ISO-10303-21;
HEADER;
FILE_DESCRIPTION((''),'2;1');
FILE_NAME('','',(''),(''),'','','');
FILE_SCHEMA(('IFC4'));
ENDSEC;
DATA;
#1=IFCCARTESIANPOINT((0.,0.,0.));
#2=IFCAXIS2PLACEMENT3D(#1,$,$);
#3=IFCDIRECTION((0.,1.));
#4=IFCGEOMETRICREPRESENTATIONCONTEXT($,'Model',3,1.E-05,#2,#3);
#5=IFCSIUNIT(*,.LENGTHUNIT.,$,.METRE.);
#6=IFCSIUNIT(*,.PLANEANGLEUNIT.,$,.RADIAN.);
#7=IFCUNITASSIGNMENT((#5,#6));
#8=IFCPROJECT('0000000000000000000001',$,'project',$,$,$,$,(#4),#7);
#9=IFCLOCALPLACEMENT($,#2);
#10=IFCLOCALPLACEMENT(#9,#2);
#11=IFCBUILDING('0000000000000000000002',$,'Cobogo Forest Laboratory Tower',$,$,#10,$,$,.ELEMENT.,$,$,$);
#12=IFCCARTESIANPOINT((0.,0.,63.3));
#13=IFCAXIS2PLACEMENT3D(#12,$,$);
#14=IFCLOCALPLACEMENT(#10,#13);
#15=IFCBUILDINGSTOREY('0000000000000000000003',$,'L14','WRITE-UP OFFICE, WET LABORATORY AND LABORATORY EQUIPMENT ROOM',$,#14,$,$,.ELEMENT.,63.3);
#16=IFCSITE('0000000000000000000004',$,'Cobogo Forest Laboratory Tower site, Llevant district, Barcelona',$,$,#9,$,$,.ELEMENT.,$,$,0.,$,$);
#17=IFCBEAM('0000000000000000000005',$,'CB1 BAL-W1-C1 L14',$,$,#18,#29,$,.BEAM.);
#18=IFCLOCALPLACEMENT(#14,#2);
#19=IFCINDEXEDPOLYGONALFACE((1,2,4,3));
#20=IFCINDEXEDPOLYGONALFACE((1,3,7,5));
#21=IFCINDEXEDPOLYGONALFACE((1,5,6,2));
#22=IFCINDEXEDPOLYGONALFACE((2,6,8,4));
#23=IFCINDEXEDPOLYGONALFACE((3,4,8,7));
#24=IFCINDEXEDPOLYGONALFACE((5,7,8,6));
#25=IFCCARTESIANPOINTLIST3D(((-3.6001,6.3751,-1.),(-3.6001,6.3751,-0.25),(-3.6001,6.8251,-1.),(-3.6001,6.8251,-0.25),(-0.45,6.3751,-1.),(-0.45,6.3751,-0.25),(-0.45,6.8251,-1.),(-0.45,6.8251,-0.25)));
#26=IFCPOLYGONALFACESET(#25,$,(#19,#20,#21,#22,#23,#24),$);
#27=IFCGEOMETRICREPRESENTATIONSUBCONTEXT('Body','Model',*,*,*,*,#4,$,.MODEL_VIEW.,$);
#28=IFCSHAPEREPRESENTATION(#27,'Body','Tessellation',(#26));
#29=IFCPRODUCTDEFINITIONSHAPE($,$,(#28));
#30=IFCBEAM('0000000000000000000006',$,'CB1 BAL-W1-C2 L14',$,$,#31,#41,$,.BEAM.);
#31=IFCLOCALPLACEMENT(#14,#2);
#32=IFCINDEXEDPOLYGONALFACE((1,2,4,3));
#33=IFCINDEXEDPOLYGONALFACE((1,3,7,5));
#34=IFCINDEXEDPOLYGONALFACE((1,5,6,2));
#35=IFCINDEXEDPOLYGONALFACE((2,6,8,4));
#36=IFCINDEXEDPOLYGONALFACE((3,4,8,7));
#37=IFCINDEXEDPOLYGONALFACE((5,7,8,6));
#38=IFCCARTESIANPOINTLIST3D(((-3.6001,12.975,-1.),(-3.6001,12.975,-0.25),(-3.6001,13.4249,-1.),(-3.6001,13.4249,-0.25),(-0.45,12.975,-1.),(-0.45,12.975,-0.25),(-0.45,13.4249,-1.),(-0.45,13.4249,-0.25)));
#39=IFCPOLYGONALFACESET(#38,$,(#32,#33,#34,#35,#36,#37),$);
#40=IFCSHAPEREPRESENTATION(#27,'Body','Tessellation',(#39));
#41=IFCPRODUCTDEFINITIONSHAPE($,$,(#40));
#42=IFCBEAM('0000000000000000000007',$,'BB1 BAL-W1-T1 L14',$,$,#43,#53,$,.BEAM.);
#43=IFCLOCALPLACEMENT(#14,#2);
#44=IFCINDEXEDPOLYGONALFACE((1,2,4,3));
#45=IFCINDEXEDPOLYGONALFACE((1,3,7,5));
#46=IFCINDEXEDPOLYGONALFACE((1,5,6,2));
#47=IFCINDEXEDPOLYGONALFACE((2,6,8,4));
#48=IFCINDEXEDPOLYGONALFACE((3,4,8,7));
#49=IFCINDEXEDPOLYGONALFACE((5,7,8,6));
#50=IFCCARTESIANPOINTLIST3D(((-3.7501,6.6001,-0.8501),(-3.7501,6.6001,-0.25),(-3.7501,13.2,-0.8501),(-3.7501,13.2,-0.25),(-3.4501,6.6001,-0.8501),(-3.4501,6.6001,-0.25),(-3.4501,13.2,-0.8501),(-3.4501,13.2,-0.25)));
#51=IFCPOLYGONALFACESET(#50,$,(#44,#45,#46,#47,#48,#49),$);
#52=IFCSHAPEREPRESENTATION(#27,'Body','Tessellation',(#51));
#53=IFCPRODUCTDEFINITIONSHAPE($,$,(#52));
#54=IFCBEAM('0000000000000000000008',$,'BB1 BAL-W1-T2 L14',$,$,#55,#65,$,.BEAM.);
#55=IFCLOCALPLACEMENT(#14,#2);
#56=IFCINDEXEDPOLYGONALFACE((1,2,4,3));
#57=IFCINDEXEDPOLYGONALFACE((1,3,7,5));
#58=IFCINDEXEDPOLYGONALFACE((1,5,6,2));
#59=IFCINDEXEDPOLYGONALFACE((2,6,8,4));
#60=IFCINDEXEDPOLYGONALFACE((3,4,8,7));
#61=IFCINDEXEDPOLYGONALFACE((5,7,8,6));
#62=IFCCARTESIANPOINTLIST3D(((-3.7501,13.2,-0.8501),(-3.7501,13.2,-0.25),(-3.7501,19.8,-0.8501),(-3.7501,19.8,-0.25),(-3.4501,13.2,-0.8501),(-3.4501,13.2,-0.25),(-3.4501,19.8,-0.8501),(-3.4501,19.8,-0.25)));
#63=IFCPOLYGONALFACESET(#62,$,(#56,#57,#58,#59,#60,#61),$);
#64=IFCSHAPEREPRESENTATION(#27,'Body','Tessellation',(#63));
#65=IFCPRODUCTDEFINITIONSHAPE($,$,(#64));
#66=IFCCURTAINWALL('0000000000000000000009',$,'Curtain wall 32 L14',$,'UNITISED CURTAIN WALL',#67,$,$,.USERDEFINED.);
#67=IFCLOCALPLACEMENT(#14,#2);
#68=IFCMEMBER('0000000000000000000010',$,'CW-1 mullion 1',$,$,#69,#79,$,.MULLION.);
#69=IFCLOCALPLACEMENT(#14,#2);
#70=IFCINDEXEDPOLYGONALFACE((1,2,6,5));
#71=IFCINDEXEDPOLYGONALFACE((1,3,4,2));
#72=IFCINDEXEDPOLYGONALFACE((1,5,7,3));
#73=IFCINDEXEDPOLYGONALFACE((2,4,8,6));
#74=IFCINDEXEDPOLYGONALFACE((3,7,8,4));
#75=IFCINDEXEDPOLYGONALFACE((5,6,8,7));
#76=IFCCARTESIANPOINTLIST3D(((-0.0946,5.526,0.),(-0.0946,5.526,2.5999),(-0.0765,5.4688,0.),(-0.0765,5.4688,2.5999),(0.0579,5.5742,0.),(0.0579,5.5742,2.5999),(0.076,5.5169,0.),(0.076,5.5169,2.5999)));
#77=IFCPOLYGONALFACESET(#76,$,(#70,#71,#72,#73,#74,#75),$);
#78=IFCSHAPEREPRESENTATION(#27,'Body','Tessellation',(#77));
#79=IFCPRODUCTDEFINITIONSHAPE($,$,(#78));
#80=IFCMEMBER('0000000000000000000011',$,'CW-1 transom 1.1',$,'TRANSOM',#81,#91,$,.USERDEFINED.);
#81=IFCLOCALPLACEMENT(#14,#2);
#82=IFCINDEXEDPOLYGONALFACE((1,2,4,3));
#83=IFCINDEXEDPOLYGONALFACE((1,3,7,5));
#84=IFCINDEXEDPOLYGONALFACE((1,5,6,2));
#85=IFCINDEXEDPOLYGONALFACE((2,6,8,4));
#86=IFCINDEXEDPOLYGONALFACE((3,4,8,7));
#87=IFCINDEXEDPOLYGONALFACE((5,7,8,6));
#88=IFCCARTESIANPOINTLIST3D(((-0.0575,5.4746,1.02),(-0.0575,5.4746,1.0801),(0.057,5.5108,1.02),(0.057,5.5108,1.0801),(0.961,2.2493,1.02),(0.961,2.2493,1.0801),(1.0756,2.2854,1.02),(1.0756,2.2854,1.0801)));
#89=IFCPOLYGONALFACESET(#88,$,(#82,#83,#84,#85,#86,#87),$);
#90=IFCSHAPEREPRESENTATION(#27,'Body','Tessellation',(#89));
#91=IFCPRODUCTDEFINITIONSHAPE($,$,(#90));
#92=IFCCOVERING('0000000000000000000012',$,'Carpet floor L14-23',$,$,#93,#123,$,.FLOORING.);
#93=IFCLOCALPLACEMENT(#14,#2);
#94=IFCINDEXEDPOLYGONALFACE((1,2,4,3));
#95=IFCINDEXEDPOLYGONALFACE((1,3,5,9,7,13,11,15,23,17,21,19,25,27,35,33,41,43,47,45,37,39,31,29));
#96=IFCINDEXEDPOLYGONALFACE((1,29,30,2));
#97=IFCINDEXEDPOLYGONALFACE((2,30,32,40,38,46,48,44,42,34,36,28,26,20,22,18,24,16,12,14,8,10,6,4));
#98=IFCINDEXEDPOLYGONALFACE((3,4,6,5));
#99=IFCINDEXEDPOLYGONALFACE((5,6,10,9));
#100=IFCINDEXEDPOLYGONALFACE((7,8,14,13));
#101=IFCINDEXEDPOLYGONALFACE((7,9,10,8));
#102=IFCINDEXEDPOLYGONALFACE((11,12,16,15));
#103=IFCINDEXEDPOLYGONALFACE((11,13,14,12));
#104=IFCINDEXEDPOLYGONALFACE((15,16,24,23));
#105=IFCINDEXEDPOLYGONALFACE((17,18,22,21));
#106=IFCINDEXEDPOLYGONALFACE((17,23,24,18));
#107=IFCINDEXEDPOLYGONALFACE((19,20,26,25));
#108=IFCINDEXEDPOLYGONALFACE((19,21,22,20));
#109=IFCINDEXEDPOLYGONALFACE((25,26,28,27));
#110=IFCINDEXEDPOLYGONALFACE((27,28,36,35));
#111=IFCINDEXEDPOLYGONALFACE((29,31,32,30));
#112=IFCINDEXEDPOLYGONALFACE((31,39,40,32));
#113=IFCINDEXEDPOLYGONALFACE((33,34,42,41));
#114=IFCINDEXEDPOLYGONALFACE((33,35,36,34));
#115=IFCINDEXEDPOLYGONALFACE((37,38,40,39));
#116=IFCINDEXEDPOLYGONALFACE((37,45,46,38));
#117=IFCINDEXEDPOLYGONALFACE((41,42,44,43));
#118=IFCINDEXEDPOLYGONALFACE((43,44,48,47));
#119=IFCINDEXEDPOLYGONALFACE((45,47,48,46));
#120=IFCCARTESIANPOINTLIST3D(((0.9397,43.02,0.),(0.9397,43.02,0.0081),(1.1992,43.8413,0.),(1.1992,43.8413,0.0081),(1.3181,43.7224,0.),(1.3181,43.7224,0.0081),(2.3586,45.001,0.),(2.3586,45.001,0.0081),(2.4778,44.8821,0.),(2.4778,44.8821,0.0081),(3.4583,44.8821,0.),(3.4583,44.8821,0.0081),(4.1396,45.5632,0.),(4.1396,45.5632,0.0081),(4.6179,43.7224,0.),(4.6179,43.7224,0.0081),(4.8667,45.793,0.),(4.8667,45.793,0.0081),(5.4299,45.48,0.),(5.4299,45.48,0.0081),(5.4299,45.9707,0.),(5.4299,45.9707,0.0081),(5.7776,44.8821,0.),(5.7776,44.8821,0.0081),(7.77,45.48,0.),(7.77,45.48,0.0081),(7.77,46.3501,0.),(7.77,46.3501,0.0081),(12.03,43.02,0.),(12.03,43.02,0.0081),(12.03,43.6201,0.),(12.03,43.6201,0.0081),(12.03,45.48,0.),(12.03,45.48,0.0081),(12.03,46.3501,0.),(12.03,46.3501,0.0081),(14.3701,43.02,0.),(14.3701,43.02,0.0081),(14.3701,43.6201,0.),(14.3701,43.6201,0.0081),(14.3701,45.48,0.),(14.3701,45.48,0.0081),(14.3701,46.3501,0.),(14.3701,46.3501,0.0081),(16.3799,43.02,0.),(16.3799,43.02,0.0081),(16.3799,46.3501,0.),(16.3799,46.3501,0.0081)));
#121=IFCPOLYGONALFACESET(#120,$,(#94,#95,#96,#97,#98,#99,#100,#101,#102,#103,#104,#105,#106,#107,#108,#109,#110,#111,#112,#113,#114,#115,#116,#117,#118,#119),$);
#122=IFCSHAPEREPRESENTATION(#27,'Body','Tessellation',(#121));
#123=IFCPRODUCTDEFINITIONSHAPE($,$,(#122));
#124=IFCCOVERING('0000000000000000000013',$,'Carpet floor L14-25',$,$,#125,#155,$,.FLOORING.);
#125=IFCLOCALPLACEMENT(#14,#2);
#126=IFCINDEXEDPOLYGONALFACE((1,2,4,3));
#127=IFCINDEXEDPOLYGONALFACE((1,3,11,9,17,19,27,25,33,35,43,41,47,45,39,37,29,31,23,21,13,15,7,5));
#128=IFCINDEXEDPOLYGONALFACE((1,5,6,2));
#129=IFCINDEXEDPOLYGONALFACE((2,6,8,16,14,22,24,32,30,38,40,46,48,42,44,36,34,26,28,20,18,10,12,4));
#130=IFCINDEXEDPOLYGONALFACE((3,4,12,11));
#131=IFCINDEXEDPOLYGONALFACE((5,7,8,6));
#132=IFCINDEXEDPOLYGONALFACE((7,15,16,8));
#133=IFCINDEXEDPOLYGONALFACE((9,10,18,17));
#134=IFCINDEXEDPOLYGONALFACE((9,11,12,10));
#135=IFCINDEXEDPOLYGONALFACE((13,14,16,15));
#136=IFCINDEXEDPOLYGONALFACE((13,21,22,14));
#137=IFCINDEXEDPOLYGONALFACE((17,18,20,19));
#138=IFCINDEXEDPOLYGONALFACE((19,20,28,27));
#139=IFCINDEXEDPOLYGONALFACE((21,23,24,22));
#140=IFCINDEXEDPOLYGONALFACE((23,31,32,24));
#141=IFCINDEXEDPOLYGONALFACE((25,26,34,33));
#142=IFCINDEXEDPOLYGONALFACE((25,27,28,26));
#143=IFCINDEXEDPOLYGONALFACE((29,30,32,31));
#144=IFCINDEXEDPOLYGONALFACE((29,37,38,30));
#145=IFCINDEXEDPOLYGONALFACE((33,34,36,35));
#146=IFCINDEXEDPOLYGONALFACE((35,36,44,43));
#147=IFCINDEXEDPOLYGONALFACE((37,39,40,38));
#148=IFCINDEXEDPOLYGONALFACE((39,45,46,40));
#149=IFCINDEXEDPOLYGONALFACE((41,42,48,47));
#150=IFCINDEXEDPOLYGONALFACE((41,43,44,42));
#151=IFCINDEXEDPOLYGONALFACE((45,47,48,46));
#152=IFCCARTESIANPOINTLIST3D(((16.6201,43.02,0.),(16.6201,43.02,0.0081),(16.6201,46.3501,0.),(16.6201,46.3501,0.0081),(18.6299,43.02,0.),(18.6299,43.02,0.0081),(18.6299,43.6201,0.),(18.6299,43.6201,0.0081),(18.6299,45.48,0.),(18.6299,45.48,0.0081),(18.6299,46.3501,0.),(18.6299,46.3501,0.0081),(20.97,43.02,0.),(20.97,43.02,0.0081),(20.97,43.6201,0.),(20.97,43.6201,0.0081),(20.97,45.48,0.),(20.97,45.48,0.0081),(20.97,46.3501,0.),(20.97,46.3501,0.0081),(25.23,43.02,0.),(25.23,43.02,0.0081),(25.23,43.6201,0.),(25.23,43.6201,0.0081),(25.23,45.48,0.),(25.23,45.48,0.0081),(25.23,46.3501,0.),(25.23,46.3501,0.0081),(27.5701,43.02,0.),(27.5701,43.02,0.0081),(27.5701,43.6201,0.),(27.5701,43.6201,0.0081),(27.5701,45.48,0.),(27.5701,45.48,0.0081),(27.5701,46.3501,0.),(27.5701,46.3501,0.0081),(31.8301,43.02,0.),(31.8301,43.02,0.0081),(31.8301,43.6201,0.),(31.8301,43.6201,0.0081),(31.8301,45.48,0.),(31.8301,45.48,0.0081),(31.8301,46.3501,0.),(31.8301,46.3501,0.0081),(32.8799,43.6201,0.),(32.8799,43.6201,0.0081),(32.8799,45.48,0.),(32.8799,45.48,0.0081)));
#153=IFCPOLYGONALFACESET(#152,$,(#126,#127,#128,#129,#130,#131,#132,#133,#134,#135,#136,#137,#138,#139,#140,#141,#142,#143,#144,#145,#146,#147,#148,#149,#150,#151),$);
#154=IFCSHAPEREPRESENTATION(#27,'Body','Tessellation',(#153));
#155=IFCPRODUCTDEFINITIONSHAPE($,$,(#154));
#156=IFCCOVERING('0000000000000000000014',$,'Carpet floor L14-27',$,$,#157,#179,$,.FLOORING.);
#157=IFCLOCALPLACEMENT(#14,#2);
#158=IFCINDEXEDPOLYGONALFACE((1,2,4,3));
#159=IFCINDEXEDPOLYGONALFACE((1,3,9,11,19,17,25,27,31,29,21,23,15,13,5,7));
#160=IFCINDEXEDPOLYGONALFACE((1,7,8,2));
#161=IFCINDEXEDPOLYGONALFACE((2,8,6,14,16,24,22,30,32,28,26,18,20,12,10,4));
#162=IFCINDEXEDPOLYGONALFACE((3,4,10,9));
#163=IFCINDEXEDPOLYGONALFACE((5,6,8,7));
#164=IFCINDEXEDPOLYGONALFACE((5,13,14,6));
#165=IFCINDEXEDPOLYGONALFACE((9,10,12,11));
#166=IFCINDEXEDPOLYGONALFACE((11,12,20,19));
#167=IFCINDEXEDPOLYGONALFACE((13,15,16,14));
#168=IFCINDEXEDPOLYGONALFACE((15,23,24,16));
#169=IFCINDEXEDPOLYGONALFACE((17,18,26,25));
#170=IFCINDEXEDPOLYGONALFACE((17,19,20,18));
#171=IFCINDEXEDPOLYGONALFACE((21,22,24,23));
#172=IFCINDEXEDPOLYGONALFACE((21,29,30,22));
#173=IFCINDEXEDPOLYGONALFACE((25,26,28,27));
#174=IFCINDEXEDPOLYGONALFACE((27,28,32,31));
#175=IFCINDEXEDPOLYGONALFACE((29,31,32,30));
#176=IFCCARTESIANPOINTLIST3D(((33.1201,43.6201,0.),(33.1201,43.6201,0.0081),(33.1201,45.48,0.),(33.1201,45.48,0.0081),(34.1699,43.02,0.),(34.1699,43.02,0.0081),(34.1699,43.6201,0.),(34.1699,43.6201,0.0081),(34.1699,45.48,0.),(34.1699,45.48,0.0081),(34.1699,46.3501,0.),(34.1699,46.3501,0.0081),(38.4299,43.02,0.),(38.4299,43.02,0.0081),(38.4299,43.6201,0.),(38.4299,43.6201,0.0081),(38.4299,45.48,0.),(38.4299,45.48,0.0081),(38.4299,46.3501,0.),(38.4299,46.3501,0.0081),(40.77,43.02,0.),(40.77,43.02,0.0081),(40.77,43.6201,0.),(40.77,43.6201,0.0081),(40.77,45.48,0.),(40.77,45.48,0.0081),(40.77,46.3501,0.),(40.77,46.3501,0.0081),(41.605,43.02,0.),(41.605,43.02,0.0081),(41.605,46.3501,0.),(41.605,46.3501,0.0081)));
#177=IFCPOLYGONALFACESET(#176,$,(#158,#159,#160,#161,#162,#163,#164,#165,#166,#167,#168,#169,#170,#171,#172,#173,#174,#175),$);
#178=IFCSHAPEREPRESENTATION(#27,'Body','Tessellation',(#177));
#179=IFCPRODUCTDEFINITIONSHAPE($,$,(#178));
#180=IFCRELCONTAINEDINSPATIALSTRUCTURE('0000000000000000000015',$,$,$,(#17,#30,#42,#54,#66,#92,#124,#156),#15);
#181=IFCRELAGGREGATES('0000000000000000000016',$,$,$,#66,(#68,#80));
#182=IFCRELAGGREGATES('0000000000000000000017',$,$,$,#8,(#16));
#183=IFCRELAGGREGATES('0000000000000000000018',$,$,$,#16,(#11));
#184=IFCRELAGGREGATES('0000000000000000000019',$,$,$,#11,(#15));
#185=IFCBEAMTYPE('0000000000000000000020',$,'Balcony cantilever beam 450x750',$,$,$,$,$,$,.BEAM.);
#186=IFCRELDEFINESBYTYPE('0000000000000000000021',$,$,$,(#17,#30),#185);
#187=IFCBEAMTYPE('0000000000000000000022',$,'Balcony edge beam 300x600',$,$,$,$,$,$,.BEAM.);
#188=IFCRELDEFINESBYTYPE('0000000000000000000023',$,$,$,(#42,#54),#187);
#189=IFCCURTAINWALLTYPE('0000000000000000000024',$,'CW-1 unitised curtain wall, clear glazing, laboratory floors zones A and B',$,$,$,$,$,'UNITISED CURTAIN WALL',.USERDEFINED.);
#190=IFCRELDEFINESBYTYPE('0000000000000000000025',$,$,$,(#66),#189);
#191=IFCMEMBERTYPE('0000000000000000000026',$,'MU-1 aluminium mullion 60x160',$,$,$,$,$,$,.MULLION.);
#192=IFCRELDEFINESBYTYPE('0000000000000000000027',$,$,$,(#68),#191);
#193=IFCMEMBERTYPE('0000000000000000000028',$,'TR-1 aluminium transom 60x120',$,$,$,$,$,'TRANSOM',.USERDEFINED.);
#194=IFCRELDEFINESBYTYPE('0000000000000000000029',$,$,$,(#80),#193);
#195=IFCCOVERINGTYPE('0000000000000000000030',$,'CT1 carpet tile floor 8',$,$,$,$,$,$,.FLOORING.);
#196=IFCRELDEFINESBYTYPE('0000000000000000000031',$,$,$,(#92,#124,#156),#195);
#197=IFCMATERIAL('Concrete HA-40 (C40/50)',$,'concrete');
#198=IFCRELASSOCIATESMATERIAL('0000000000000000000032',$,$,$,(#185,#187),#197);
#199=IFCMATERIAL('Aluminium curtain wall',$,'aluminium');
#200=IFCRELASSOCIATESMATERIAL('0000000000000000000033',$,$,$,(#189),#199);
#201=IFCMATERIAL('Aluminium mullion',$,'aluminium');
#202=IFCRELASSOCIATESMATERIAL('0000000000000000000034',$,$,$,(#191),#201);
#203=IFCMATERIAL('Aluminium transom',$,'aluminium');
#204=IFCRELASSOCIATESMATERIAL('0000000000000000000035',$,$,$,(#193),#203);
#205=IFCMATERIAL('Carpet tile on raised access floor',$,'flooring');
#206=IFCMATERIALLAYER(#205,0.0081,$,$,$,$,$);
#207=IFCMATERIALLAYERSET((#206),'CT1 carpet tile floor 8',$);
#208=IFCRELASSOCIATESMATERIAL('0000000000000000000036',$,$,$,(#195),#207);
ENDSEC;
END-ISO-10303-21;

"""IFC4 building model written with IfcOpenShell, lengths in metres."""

from ifc_helpers import new_model, si_unit, direction, frame, origin, origin_2d, place, context, subcontext, project, spatial, polyline, rectangle, outline, extrude, material, layer, layer_set, material_profile, profile_set, type_object, element, aggregate, save


model = new_model("IFC4")

# Units and contexts
model_context = context("Model", 3, precision=1e-05, world=origin(), true_north=direction((0.0, 1.0)))
body_context = subcontext(model_context, "Body", "Model", "MODEL_VIEW")
ifc_project = project(units=[si_unit("LENGTHUNIT", "METRE"), si_unit("PLANEANGLEUNIT", "RADIAN")], contexts=[model_context])

# Site, building, storey
site_placement = place(None, origin())
site = spatial("IfcSite", under=ifc_project, at=site_placement, Name="Cobogo Forest Laboratory Tower site, Llevant district, Barcelona", CompositionType="ELEMENT", RefElevation=0.0)
building_placement = place(site_placement, origin())
building = spatial("IfcBuilding", under=site, at=building_placement, Name="Cobogo Forest Laboratory Tower", CompositionType="ELEMENT")
storey_placement = place(building_placement, frame((0.0, 0.0, 63.3)))
storey = spatial("IfcBuildingStorey", under=building, at=storey_placement, Name="L14", Description="WRITE-UP OFFICE, WET LABORATORY AND LABORATORY EQUIPMENT ROOM", CompositionType="ELEMENT", Elevation=63.3)

# Beams
ifc_material_1 = material(Name="Concrete HA-40 (C40/50)", Category="concrete")
ifc_material_profile_1 = material_profile(ifc_material_1, rectangle(XDim=0.45, YDim=0.75, at=origin_2d()), Name="RC 450x750")
ifc_profile_set_1 = profile_set([ifc_material_profile_1], Name="Concrete HA-40 (C40/50)")
beam_type_1 = type_object("IfcBeamType", Name="Balcony cantilever beam 450x750", PredefinedType="BEAM", material=ifc_profile_set_1)
for number, where, z_axis, x_axis, name in (
    (1, (-0.45, 6.6001, -0.625), (-1.0, 0.0, 0.0), (0.0, -1.0, 0.0), "CB1 BAL-W1-C1 L14"),
    (2, (-0.45, 13.2, -0.625), (-1.0, 0.0, 0.0), (0.0, -1.0, 0.0), "CB1 BAL-W1-C2 L14"),
):
    element("IfcBeam", number, at=place(storey_placement, frame(where, z_axis=z_axis, x_axis=x_axis)), inside=storey, type_object=beam_type_1, Name=name, PredefinedType="BEAM", context=body_context, shape_type="SweptSolid", body=[
        extrude(rectangle(XDim=0.45, YDim=0.75, at=origin_2d()), origin(), (0.0, 0.0, 1.0), 3.1501),
    ])
ifc_material_profile_2 = material_profile(ifc_material_1, rectangle(XDim=0.3, YDim=0.6001, at=origin_2d()), Name="RC 300x600")
ifc_profile_set_2 = profile_set([ifc_material_profile_2], Name="Concrete HA-40 (C40/50)")
beam_type_2 = type_object("IfcBeamType", Name="Balcony edge beam 300x600", PredefinedType="BEAM", material=ifc_profile_set_2)
beam_1_placement = place(storey_placement, frame((-3.6001, 6.6001, -0.55), z_axis=(0.0, 1.0, 0.0), x_axis=(-1.0, 0.0, 0.0)))
element("IfcBeam", 3, at=beam_1_placement, inside=storey, type_object=beam_type_2, Name="BB1 BAL-W1-T1 L14", PredefinedType="BEAM", context=body_context, shape_type="SweptSolid", body=[
    extrude(rectangle(XDim=0.3, YDim=0.6001, at=origin_2d()), origin(), (0.0, 0.0, 1.0), 6.5999),
])
beam_2_placement = place(storey_placement, frame((-3.6001, 13.2, -0.55), z_axis=(0.0, 1.0, 0.0), x_axis=(-1.0, 0.0, 0.0)))
element("IfcBeam", 4, at=beam_2_placement, inside=storey, type_object=beam_type_2, Name="BB1 BAL-W1-T2 L14", PredefinedType="BEAM", context=body_context, shape_type="SweptSolid", body=[
    extrude(rectangle(XDim=0.3, YDim=0.6001, at=origin_2d()), origin(), (0.0, 0.0, 1.0), 6.6001),
])

# Curtain wall, members
ifc_material_2 = material(Name="Aluminium curtain wall", Category="aluminium")
curtain_wall_type = type_object("IfcCurtainWallType", Name="CW-1 unitised curtain wall, clear glazing, laboratory floors zones A and B", ElementType="UNITISED CURTAIN WALL", PredefinedType="USERDEFINED", material=ifc_material_2)
curtain_wall_placement = place(storey_placement, origin())
curtain_wall = element("IfcCurtainWall", 5, at=curtain_wall_placement, inside=storey, type_object=curtain_wall_type, Name="Curtain wall 32 L14", ObjectType="UNITISED CURTAIN WALL", PredefinedType="USERDEFINED")
ifc_material_3 = material(Name="Aluminium mullion", Category="aluminium")
ifc_material_profile_3 = material_profile(ifc_material_3, rectangle(XDim=0.0601, YDim=0.1599, at=origin_2d()), Name="AL 60x160")
ifc_profile_set_3 = profile_set([ifc_material_profile_3], Name="Aluminium mullion")
member_type_1 = type_object("IfcMemberType", Name="MU-1 aluminium mullion 60x160", PredefinedType="MULLION", material=ifc_profile_set_3)
member_1_placement = place(storey_placement, frame((-0.0093, 5.5215, 0.0), z_axis=(0.0, 0.0, 1.0), x_axis=(0.301135, -0.953581, 0.0)))
member_1 = element("IfcMember", 6, at=member_1_placement, type_object=member_type_1, Name="CW-1 mullion 1", PredefinedType="MULLION", context=body_context, shape_type="SweptSolid", body=[
    extrude(rectangle(XDim=0.0601, YDim=0.1599, at=origin_2d()), origin(), (0.0, 0.0, 1.0), 2.5999),
])
ifc_material_4 = material(Name="Aluminium transom", Category="aluminium")
ifc_material_profile_4 = material_profile(ifc_material_4, rectangle(XDim=0.1201, YDim=0.0601, at=origin_2d()), Name="AL 60x120")
ifc_profile_set_4 = profile_set([ifc_material_profile_4], Name="Aluminium transom")
member_type_2 = type_object("IfcMemberType", Name="TR-1 aluminium transom 60x120", ElementType="TRANSOM", PredefinedType="USERDEFINED", material=ifc_profile_set_4)
member_2_placement = place(storey_placement, frame((-0.0002, 5.4927, 1.05), z_axis=(0.301138, -0.95358, 0.0), x_axis=(0.95358, 0.301138, 0.0)))
member_2 = element("IfcMember", 7, at=member_2_placement, type_object=member_type_2, Name="CW-1 transom 1.1", ObjectType="TRANSOM", PredefinedType="USERDEFINED", context=body_context, shape_type="SweptSolid", body=[
    extrude(rectangle(XDim=0.1201, YDim=0.0601, at=origin_2d()), origin(), (0.0, 0.0, 1.0), 3.3823),
])
aggregate(curtain_wall, [member_1, member_2])

# Coverings
ifc_material_5 = material(Name="Carpet tile on raised access floor", Category="flooring")
ifc_layer_1 = layer(ifc_material_5, 0.0081)
ifc_layer_set_1 = layer_set([ifc_layer_1], Name="CT1 carpet tile floor 8")
covering_type_1 = type_object("IfcCoveringType", Name="CT1 carpet tile floor 8", PredefinedType="FLOORING", material=ifc_layer_set_1)
covering_1_placement = place(storey_placement, origin())
element("IfcCovering", 8, at=covering_1_placement, inside=storey, type_object=covering_type_1, Name="Carpet floor L14-23", PredefinedType="FLOORING", context=body_context, shape_type="SweptSolid", body=[
    extrude(outline(polyline([(14.3701, 43.02), (14.3701, 43.6201), (12.03, 43.6201), (12.03, 43.02), (0.9397, 43.02), (1.1992, 43.8413), (1.3181, 43.7224), (2.4778, 44.8821), (2.3586, 45.001), (4.1396, 45.5632), (3.4583, 44.8821), (4.6179, 43.7224), (5.7776, 44.8821), (4.8667, 45.793), (5.4299, 45.9707), (5.4299, 45.48), (7.77, 45.48), (7.77, 46.3501), (12.03, 46.3501), (12.03, 45.48), (14.3701, 45.48), (14.3701, 46.3501), (16.3799, 46.3501), (16.3799, 43.02), (14.3701, 43.02)])), origin(), (0.0, 0.0, 1.0), 0.0081),
])
covering_2_placement = place(storey_placement, origin())
element("IfcCovering", 9, at=covering_2_placement, inside=storey, type_object=covering_type_1, Name="Carpet floor L14-25", PredefinedType="FLOORING", context=body_context, shape_type="SweptSolid", body=[
    extrude(outline(polyline([(27.5701, 43.02), (27.5701, 43.6201), (25.23, 43.6201), (25.23, 43.02), (20.97, 43.02), (20.97, 43.6201), (18.6299, 43.6201), (18.6299, 43.02), (16.6201, 43.02), (16.6201, 46.3501), (18.6299, 46.3501), (18.6299, 45.48), (20.97, 45.48), (20.97, 46.3501), (25.23, 46.3501), (25.23, 45.48), (27.5701, 45.48), (27.5701, 46.3501), (31.8301, 46.3501), (31.8301, 45.48), (32.8799, 45.48), (32.8799, 43.6201), (31.8301, 43.6201), (31.8301, 43.02), (27.5701, 43.02)])), origin(), (0.0, 0.0, 1.0), 0.0081),
])
covering_3_placement = place(storey_placement, origin())
element("IfcCovering", 10, at=covering_3_placement, inside=storey, type_object=covering_type_1, Name="Carpet floor L14-27", PredefinedType="FLOORING", context=body_context, shape_type="SweptSolid", body=[
    extrude(outline(polyline([(40.77, 43.02), (40.77, 43.6201), (38.4299, 43.6201), (38.4299, 43.02), (34.1699, 43.02), (34.1699, 43.6201), (33.1201, 43.6201), (33.1201, 45.48), (34.1699, 45.48), (34.1699, 46.3501), (38.4299, 46.3501), (38.4299, 45.48), (40.77, 45.48), (40.77, 46.3501), (41.605, 46.3501), (41.605, 43.02), (40.77, 43.02)])), origin(), (0.0, 0.0, 1.0), 0.0081),
])

save(model, "model.ifc")
